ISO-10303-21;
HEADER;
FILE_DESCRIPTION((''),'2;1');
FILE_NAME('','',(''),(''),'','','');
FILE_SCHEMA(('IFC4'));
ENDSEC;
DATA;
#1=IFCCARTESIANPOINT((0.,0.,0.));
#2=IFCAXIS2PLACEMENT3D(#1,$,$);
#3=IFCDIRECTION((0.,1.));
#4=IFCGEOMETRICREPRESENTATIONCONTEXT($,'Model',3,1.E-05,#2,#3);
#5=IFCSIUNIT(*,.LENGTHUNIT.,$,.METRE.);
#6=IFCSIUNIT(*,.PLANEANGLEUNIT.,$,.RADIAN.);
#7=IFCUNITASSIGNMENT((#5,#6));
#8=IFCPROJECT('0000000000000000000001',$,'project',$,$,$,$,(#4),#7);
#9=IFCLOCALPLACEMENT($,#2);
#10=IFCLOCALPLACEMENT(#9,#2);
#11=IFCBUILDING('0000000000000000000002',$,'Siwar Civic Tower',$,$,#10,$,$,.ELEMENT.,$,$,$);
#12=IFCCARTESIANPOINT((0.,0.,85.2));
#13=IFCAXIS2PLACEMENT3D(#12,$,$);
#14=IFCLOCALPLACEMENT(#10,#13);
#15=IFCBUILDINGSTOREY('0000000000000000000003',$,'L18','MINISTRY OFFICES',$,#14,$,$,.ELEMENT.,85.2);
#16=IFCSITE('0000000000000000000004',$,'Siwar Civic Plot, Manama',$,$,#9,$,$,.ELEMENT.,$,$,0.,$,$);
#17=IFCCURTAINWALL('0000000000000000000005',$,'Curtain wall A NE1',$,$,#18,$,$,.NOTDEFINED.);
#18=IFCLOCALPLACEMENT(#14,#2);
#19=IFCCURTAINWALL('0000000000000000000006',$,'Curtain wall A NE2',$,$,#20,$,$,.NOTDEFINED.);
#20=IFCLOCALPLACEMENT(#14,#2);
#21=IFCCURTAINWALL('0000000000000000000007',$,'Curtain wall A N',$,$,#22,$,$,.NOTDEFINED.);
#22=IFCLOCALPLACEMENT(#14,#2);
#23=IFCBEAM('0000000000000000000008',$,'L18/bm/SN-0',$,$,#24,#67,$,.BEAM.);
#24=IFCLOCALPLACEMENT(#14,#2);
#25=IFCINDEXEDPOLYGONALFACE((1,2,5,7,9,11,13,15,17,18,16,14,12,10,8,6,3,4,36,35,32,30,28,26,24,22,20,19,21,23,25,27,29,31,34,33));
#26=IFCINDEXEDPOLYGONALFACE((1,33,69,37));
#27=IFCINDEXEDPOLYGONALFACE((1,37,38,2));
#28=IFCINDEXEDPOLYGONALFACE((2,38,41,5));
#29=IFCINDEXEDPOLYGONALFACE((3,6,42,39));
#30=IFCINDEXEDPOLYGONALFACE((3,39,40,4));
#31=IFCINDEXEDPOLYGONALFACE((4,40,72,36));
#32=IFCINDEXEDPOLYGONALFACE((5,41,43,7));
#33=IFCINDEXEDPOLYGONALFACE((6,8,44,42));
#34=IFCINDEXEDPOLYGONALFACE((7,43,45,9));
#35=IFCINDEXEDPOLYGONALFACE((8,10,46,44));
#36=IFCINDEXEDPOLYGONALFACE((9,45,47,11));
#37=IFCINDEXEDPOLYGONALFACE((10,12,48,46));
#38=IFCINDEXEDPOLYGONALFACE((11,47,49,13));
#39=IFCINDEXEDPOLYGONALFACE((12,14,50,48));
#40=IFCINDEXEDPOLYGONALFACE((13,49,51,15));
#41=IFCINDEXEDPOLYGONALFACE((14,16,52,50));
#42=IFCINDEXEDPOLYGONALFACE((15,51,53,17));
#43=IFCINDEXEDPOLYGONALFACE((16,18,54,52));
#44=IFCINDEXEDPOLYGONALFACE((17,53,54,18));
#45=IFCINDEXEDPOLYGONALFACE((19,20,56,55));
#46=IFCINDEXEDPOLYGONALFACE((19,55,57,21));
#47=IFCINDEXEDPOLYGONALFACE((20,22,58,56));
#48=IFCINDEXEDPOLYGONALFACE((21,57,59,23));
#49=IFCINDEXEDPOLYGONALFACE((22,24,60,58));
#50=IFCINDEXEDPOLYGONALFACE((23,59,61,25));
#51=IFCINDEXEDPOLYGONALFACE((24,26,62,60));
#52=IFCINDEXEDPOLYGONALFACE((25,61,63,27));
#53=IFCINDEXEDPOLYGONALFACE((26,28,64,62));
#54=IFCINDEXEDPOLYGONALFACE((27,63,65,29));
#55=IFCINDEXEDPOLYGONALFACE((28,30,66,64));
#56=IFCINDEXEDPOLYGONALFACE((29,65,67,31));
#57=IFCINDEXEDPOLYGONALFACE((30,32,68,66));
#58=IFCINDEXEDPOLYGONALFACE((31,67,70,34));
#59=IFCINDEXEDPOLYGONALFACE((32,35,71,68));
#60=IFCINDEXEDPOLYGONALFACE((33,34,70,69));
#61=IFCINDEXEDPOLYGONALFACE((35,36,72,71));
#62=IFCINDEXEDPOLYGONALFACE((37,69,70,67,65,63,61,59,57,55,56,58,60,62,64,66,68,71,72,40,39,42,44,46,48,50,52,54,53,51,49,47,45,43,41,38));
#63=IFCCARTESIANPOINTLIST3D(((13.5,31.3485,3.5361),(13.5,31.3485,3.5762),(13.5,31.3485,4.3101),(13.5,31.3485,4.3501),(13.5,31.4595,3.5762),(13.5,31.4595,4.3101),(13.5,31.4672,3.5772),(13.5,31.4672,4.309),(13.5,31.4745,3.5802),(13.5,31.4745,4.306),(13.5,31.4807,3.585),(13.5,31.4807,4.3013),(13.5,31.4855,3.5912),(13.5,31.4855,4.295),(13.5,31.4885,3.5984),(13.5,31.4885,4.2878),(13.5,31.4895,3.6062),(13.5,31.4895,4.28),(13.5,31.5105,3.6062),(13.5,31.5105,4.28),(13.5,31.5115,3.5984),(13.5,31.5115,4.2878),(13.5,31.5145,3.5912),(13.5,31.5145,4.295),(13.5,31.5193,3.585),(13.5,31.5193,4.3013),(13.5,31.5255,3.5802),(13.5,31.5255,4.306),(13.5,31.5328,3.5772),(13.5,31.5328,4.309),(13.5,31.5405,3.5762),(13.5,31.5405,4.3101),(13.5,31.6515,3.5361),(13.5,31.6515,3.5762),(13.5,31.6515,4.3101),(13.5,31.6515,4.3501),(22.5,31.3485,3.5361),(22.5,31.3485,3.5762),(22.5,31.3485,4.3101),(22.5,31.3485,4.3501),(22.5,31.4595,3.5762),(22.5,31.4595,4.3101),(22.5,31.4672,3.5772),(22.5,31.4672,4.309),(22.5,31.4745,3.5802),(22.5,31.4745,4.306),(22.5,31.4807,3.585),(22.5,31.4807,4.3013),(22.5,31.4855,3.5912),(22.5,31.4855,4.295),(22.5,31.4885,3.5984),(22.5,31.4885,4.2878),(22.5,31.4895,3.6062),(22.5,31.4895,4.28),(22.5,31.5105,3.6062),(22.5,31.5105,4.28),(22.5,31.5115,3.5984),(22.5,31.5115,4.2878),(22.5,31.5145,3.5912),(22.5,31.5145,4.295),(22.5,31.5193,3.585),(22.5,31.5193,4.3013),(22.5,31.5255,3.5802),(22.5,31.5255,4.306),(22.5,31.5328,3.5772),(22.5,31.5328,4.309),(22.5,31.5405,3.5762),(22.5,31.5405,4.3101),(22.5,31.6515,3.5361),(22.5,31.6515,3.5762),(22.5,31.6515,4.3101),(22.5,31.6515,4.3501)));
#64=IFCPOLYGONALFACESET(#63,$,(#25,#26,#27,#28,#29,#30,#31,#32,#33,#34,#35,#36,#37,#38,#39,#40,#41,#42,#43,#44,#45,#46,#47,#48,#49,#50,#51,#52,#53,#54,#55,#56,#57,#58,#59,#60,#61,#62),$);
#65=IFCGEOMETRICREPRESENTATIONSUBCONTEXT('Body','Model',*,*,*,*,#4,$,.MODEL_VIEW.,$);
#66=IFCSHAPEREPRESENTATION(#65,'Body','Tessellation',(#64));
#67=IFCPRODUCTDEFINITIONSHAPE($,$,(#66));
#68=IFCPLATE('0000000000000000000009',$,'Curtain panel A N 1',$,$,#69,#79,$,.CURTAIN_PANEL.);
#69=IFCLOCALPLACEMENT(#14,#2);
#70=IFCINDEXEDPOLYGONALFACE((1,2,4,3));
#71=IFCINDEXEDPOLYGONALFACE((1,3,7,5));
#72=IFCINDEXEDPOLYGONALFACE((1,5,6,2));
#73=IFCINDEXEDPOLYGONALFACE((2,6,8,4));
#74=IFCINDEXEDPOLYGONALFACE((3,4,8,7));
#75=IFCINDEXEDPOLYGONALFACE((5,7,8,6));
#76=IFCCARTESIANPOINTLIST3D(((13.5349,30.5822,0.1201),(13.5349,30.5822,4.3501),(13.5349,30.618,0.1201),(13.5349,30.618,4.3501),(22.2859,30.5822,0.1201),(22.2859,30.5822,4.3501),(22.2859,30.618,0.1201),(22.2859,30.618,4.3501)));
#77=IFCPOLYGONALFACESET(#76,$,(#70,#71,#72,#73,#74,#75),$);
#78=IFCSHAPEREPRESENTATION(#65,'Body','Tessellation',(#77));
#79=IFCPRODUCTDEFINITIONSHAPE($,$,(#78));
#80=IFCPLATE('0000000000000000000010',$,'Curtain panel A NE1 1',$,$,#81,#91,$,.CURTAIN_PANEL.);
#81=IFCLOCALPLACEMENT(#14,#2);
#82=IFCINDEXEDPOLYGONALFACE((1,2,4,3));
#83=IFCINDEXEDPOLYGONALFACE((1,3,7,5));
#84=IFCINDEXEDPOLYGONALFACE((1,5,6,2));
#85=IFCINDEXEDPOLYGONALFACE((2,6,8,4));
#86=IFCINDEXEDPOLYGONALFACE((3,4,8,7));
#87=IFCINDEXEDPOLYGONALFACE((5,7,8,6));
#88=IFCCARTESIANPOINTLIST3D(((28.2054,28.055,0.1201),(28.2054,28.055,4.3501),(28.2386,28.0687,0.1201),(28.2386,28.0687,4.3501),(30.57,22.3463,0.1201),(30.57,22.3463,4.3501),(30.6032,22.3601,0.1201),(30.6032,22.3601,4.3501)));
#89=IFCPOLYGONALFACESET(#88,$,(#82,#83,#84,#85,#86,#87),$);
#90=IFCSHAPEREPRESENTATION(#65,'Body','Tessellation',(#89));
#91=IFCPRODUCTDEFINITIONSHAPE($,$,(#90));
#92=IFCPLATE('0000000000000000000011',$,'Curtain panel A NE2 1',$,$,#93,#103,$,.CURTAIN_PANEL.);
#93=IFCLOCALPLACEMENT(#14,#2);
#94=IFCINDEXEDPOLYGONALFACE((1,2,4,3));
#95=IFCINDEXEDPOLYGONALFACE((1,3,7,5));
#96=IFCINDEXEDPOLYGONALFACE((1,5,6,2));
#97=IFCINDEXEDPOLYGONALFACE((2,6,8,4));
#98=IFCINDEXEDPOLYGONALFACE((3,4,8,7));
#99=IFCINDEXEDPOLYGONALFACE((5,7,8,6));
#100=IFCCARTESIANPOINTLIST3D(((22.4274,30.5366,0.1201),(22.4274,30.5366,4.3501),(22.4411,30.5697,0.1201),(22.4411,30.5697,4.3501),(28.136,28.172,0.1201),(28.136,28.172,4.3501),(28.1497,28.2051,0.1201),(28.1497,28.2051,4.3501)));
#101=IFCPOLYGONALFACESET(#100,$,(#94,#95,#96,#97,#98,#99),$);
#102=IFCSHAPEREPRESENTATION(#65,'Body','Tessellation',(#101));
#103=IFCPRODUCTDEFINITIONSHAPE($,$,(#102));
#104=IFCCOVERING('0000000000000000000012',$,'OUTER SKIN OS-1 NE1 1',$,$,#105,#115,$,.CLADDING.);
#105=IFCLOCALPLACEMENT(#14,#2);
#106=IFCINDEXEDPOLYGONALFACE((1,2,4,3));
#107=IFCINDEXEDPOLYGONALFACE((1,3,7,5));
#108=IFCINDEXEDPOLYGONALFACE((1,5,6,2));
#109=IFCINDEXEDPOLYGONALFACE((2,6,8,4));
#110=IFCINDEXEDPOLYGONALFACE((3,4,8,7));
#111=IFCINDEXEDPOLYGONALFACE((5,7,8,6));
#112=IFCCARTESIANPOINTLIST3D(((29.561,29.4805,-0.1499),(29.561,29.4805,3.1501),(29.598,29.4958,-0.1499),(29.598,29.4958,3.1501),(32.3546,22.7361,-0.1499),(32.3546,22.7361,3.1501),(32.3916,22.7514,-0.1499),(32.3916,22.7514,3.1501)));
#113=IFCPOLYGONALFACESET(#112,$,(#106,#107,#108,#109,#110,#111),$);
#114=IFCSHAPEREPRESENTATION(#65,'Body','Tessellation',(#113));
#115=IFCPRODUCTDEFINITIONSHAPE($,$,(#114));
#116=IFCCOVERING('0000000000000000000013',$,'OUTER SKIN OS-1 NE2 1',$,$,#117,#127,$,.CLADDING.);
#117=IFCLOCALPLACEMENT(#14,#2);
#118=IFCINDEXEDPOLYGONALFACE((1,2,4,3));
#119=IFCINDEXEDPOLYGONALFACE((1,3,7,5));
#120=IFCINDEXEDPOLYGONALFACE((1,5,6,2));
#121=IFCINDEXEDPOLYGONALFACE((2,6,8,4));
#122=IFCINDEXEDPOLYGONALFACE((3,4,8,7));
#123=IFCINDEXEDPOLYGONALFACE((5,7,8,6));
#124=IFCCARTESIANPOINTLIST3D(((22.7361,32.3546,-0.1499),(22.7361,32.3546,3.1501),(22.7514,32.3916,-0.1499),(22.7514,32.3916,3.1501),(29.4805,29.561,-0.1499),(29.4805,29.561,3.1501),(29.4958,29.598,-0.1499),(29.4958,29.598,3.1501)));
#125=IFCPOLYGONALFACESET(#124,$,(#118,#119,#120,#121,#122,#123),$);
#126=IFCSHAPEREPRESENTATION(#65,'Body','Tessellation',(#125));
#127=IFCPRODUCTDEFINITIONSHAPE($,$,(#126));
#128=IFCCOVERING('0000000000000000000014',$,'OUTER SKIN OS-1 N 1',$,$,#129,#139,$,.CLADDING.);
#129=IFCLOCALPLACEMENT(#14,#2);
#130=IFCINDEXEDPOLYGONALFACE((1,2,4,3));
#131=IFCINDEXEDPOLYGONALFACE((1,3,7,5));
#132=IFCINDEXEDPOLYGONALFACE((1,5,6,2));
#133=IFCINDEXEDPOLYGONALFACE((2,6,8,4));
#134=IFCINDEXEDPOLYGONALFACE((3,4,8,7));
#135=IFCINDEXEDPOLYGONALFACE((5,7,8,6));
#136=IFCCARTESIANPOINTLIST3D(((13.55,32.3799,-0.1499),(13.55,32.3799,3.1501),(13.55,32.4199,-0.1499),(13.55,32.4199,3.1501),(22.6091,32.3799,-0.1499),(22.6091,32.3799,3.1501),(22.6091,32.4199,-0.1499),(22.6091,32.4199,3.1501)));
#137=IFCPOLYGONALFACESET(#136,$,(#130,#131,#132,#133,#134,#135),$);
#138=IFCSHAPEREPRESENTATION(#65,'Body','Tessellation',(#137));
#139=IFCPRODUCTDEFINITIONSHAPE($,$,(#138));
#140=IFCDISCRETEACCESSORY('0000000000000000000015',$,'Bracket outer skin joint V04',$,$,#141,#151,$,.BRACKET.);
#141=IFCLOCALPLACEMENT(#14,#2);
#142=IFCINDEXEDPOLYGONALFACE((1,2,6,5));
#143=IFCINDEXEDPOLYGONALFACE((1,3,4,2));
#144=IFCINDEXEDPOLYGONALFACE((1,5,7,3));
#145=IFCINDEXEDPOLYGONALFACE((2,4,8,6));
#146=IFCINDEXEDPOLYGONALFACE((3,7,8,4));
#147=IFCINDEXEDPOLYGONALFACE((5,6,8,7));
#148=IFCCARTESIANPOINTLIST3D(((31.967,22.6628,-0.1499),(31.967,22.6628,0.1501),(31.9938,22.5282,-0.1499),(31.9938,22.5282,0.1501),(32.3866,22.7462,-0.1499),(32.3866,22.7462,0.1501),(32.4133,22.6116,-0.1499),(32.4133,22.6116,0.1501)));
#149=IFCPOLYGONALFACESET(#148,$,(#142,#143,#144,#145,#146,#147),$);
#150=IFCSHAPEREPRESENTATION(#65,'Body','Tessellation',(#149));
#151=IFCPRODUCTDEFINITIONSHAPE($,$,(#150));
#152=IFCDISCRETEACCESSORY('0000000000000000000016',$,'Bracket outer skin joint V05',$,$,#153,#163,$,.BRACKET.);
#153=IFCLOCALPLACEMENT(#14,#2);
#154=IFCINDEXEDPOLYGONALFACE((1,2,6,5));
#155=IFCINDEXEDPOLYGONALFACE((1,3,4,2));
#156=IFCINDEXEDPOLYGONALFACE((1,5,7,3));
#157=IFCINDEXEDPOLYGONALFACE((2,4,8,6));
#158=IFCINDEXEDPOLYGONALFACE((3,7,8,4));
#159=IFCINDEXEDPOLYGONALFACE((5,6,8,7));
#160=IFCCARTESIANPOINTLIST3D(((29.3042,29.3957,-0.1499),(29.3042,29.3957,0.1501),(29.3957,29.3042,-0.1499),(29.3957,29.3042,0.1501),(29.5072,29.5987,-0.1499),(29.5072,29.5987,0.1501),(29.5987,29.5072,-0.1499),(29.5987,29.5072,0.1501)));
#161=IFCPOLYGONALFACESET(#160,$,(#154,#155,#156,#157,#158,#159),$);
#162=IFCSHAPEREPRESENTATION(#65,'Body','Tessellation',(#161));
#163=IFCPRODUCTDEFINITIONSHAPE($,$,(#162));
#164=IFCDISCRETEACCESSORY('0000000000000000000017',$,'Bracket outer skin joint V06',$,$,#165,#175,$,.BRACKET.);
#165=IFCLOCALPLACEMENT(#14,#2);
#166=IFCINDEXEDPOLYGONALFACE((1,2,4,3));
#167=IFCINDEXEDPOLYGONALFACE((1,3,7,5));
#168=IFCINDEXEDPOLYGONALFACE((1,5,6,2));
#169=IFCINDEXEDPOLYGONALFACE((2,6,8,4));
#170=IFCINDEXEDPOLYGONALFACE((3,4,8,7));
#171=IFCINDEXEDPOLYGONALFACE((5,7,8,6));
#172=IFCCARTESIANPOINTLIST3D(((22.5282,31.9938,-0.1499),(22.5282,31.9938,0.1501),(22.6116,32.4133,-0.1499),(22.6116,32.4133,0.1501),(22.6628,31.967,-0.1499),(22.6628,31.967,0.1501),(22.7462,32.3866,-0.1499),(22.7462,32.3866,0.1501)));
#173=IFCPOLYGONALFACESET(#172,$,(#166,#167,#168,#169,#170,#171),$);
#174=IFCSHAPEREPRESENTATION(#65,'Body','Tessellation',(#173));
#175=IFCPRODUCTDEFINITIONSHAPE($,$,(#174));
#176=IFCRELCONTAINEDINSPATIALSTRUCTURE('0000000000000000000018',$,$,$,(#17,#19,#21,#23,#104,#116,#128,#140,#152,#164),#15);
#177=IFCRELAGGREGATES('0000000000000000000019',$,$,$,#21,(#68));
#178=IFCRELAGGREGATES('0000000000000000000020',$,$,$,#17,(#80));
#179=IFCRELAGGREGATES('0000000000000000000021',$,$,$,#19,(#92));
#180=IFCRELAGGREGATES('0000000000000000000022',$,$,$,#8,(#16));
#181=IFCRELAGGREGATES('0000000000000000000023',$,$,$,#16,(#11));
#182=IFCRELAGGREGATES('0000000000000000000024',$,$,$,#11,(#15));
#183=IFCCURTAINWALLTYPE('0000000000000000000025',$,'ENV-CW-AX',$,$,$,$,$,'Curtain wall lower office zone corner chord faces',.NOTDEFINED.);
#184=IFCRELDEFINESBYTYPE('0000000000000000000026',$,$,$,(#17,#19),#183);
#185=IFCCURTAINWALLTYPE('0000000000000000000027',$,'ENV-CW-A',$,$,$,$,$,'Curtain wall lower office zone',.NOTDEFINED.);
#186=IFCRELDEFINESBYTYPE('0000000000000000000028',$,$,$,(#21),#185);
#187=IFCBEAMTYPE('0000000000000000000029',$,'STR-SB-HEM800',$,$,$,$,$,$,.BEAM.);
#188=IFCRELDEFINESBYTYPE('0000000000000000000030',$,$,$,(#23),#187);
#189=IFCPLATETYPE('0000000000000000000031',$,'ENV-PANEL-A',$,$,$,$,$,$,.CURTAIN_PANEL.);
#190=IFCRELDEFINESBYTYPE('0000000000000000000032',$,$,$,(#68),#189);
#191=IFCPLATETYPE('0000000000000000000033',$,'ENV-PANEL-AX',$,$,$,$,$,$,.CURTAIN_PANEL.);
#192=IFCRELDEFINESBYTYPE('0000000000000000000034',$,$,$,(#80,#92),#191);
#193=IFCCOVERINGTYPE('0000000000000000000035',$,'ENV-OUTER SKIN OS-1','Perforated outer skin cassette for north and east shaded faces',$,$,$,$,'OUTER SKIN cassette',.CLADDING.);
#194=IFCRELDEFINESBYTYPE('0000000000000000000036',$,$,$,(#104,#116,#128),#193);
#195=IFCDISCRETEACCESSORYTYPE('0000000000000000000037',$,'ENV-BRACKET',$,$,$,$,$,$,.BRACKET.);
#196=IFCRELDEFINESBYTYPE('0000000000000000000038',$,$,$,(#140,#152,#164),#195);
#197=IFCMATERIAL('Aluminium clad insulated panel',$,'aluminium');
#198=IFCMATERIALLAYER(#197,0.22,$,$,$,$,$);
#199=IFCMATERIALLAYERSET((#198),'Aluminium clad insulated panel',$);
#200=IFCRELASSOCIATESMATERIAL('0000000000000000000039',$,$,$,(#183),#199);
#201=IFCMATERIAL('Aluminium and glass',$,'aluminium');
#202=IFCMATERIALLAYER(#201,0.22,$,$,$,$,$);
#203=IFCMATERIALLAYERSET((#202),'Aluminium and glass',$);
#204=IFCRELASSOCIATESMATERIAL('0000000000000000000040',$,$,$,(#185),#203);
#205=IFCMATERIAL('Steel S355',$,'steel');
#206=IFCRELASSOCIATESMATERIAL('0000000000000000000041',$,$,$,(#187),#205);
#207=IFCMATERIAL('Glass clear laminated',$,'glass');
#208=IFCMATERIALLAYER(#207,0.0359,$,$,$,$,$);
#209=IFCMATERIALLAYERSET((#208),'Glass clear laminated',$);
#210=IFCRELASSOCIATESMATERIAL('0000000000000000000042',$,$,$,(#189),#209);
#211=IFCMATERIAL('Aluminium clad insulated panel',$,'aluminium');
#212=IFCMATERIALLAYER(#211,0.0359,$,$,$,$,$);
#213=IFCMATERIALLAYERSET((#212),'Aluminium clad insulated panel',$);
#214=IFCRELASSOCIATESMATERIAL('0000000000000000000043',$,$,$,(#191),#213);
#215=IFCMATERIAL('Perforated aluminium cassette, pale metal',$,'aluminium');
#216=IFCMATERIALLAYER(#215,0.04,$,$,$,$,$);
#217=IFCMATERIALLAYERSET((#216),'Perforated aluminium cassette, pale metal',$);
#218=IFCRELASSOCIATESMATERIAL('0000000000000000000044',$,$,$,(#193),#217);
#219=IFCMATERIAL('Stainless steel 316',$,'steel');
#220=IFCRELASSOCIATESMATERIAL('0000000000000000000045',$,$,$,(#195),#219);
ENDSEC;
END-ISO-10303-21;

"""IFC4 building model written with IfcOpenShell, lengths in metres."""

from ifc_helpers import new_model, si_unit, direction, frame, origin, origin_2d, place, context, subcontext, project, spatial, rectangle, i_section, extrude, material, layer, layer_set, material_profile, profile_set, type_object, element, aggregate, save


model = new_model("IFC4")

# Units and contexts
model_context = context("Model", 3, precision=1e-05, world=origin(), true_north=direction((0.0, 1.0)))
body_context = subcontext(model_context, "Body", "Model", "MODEL_VIEW")
ifc_project = project(units=[si_unit("LENGTHUNIT", "METRE"), si_unit("PLANEANGLEUNIT", "RADIAN")], contexts=[model_context])

# Site, building, storey
site_placement = place(None, origin())
site = spatial("IfcSite", under=ifc_project, at=site_placement, Name="Siwar Civic Plot, Manama", CompositionType="ELEMENT", RefElevation=0.0)
building_placement = place(site_placement, origin())
building = spatial("IfcBuilding", under=site, at=building_placement, Name="Siwar Civic Tower", CompositionType="ELEMENT")
storey_placement = place(building_placement, frame((0.0, 0.0, 85.2)))
storey = spatial("IfcBuildingStorey", under=building, at=storey_placement, Name="L18", Description="MINISTRY OFFICES", CompositionType="ELEMENT", Elevation=85.2)

# Curtain walls
ifc_material_1 = material(Name="Aluminium clad insulated panel", Category="aluminium")
ifc_layer_1 = layer(ifc_material_1, 0.22)
ifc_layer_set_1 = layer_set([ifc_layer_1], Name="Aluminium clad insulated panel")
curtain_wall_type_1 = type_object("IfcCurtainWallType", Name="ENV-CW-AX", ElementType="Curtain wall lower office zone corner chord faces", PredefinedType="NOTDEFINED", material=ifc_layer_set_1)
curtain_wall_1_placement = place(storey_placement, origin())
curtain_wall_1 = element("IfcCurtainWall", 1, at=curtain_wall_1_placement, inside=storey, type_object=curtain_wall_type_1, Name="Curtain wall A NE1", PredefinedType="NOTDEFINED")
curtain_wall_2_placement = place(storey_placement, origin())
curtain_wall_2 = element("IfcCurtainWall", 2, at=curtain_wall_2_placement, inside=storey, type_object=curtain_wall_type_1, Name="Curtain wall A NE2", PredefinedType="NOTDEFINED")
ifc_material_2 = material(Name="Aluminium and glass", Category="aluminium")
ifc_layer_2 = layer(ifc_material_2, 0.22)
ifc_layer_set_2 = layer_set([ifc_layer_2], Name="Aluminium and glass")
curtain_wall_type_2 = type_object("IfcCurtainWallType", Name="ENV-CW-A", ElementType="Curtain wall lower office zone", PredefinedType="NOTDEFINED", material=ifc_layer_set_2)
curtain_wall_3_placement = place(storey_placement, origin())
curtain_wall_3 = element("IfcCurtainWall", 3, at=curtain_wall_3_placement, inside=storey, type_object=curtain_wall_type_2, Name="Curtain wall A N", PredefinedType="NOTDEFINED")

# Beam
ifc_material_3 = material(Name="Steel S355", Category="steel")
ifc_material_profile_1 = material_profile(ifc_material_3, i_section(OverallWidth=0.303, OverallDepth=0.814, WebThickness=0.021, FlangeThickness=0.04, FilletRadius=0.03, at=origin_2d()), Name="HEM800")
ifc_profile_set_1 = profile_set([ifc_material_profile_1], Name="Steel S355")
beam_type_1 = type_object("IfcBeamType", Name="STR-SB-HEM800", PredefinedType="BEAM", material=ifc_profile_set_1)
beam_1_placement = place(storey_placement, frame((22.5, 31.5, 3.9431), z_axis=(-1.0, 0.0, 0.0), x_axis=(0.0, -1.0, 0.0)))
element("IfcBeam", 4, at=beam_1_placement, inside=storey, type_object=beam_type_1, Name="L18/bm/SN-0", PredefinedType="BEAM", context=body_context, shape_type="SweptSolid", body=[
    extrude(i_section(OverallWidth=0.303, OverallDepth=0.814, WebThickness=0.021, FlangeThickness=0.04, FilletRadius=0.03, at=origin_2d()), origin(), (0.0, 0.0, 1.0), 9.0),
])

# Plates
ifc_material_4 = material(Name="Glass clear laminated", Category="glass")
ifc_layer_3 = layer(ifc_material_4, 0.0359)
ifc_layer_set_3 = layer_set([ifc_layer_3], Name="Glass clear laminated")
plate_type_1 = type_object("IfcPlateType", Name="ENV-PANEL-A", PredefinedType="CURTAIN_PANEL", material=ifc_layer_set_3)
plate_1_placement = place(storey_placement, frame((17.9104, 30.6001, 0.1201), z_axis=(0.0, 0.0, 1.0), x_axis=(-1.0, 0.0, 0.0)))
plate_1 = element("IfcPlate", 5, at=plate_1_placement, type_object=plate_type_1, Name="Curtain panel A N 1", PredefinedType="CURTAIN_PANEL", context=body_context, shape_type="SweptSolid", body=[
    extrude(rectangle(XDim=8.751, YDim=0.0359, at=origin_2d()), origin(), (0.0, 0.0, 1.0), 4.23),
])
aggregate(curtain_wall_3, [plate_1])
ifc_material_5 = material(Name="Aluminium clad insulated panel", Category="aluminium")
ifc_layer_4 = layer(ifc_material_5, 0.0359)
ifc_layer_set_4 = layer_set([ifc_layer_4], Name="Aluminium clad insulated panel")
plate_type_2 = type_object("IfcPlateType", Name="ENV-PANEL-AX", PredefinedType="CURTAIN_PANEL", material=ifc_layer_set_4)
plate_2_placement = place(storey_placement, frame((29.4043, 25.2075, 0.1201), z_axis=(0.0, 0.0, 1.0), x_axis=(-0.382683, 0.92388, 0.0)))
plate_2 = element("IfcPlate", 6, at=plate_2_placement, type_object=plate_type_2, Name="Curtain panel A NE1 1", PredefinedType="CURTAIN_PANEL", context=body_context, shape_type="SweptSolid", body=[
    extrude(rectangle(XDim=6.179, YDim=0.0359, at=origin_2d()), origin(), (0.0, 0.0, 1.0), 4.23),
])
aggregate(curtain_wall_1, [plate_2])
plate_3_placement = place(storey_placement, frame((25.2886, 29.3708, 0.1201), z_axis=(0.0, 0.0, 1.0), x_axis=(-0.92388, 0.382683, 0.0)))
plate_3 = element("IfcPlate", 7, at=plate_3_placement, type_object=plate_type_2, Name="Curtain panel A NE2 1", PredefinedType="CURTAIN_PANEL", context=body_context, shape_type="SweptSolid", body=[
    extrude(rectangle(XDim=6.179, YDim=0.0359, at=origin_2d()), origin(), (0.0, 0.0, 1.0), 4.23),
])
aggregate(curtain_wall_2, [plate_3])

# Coverings
ifc_material_6 = material(Name="Perforated aluminium cassette, pale metal", Category="aluminium")
ifc_layer_5 = layer(ifc_material_6, 0.04)
ifc_layer_set_5 = layer_set([ifc_layer_5], Name="Perforated aluminium cassette, pale metal")
covering_type = type_object("IfcCoveringType", Name="ENV-OUTER SKIN OS-1", Description="Perforated outer skin cassette for north and east shaded faces", ElementType="OUTER SKIN cassette", PredefinedType="CLADDING", material=ifc_layer_set_5)
for number, where, z_axis, x_axis, name in (
    (8, (30.9763, 26.116, -0.1499), (0.0, 0.0, 1.0), (-0.382683, 0.92388, 0.0), "OUTER SKIN OS-1 NE1 1"),
    (9, (26.116, 30.9763, -0.1499), (0.0, 0.0, 1.0), (-0.92388, 0.382683, 0.0), "OUTER SKIN OS-1 NE2 1"),
):
    element("IfcCovering", number, at=place(storey_placement, frame(where, z_axis=z_axis, x_axis=x_axis)), inside=storey, type_object=covering_type, Name=name, PredefinedType="CLADDING", context=body_context, shape_type="SweptSolid", body=[
        extrude(rectangle(XDim=7.3, YDim=0.04, at=origin_2d()), origin(), (0.0, 0.0, 1.0), 3.3),
    ])
covering_placement = place(storey_placement, frame((18.0796, 32.3999, -0.1499), z_axis=(0.0, 0.0, 1.0), x_axis=(-1.0, 0.0, 0.0)))
element("IfcCovering", 10, at=covering_placement, inside=storey, type_object=covering_type, Name="OUTER SKIN OS-1 N 1", PredefinedType="CLADDING", context=body_context, shape_type="SweptSolid", body=[
    extrude(rectangle(XDim=9.0591, YDim=0.04, at=origin_2d()), origin(), (0.0, 0.0, 1.0), 3.3),
])

# Discrete accessories
ifc_material_7 = material(Name="Stainless steel 316", Category="steel")
discrete_accessory_type = type_object("IfcDiscreteAccessoryType", Name="ENV-BRACKET", PredefinedType="BRACKET", material=ifc_material_7)
discrete_accessory_1_placement = place(storey_placement, frame((32.1902, 22.6372, -0.1499), z_axis=(0.0, 0.0, 1.0), x_axis=(0.980785, 0.19509, 0.0)))
element("IfcDiscreteAccessory", 11, at=discrete_accessory_1_placement, inside=storey, type_object=discrete_accessory_type, Name="Bracket outer skin joint V04", PredefinedType="BRACKET", context=body_context, shape_type="SweptSolid", body=[
    extrude(rectangle(XDim=0.4277, YDim=0.1372, at=origin_2d()), origin(), (0.0, 0.0, 1.0), 0.3),
])
discrete_accessory_2_placement = place(storey_placement, frame((29.4514, 29.4514, -0.1499), z_axis=(0.0, 0.0, 1.0), x_axis=(0.707107, 0.707107, 0.0)))
element("IfcDiscreteAccessory", 12, at=discrete_accessory_2_placement, inside=storey, type_object=discrete_accessory_type, Name="Bracket outer skin joint V05", PredefinedType="BRACKET", context=body_context, shape_type="SweptSolid", body=[
    extrude(rectangle(XDim=0.2871, YDim=0.1294, at=origin_2d()), origin(), (0.0, 0.0, 1.0), 0.3),
])
discrete_accessory_3_placement = place(storey_placement, frame((22.6372, 32.1902, -0.1499), z_axis=(0.0, 0.0, 1.0), x_axis=(0.19509, 0.980785, 0.0)))
element("IfcDiscreteAccessory", 13, at=discrete_accessory_3_placement, inside=storey, type_object=discrete_accessory_type, Name="Bracket outer skin joint V06", PredefinedType="BRACKET", context=body_context, shape_type="SweptSolid", body=[
    extrude(rectangle(XDim=0.4277, YDim=0.1372, at=origin_2d()), origin(), (0.0, 0.0, 1.0), 0.3),
])

save(model, "model.ifc")
